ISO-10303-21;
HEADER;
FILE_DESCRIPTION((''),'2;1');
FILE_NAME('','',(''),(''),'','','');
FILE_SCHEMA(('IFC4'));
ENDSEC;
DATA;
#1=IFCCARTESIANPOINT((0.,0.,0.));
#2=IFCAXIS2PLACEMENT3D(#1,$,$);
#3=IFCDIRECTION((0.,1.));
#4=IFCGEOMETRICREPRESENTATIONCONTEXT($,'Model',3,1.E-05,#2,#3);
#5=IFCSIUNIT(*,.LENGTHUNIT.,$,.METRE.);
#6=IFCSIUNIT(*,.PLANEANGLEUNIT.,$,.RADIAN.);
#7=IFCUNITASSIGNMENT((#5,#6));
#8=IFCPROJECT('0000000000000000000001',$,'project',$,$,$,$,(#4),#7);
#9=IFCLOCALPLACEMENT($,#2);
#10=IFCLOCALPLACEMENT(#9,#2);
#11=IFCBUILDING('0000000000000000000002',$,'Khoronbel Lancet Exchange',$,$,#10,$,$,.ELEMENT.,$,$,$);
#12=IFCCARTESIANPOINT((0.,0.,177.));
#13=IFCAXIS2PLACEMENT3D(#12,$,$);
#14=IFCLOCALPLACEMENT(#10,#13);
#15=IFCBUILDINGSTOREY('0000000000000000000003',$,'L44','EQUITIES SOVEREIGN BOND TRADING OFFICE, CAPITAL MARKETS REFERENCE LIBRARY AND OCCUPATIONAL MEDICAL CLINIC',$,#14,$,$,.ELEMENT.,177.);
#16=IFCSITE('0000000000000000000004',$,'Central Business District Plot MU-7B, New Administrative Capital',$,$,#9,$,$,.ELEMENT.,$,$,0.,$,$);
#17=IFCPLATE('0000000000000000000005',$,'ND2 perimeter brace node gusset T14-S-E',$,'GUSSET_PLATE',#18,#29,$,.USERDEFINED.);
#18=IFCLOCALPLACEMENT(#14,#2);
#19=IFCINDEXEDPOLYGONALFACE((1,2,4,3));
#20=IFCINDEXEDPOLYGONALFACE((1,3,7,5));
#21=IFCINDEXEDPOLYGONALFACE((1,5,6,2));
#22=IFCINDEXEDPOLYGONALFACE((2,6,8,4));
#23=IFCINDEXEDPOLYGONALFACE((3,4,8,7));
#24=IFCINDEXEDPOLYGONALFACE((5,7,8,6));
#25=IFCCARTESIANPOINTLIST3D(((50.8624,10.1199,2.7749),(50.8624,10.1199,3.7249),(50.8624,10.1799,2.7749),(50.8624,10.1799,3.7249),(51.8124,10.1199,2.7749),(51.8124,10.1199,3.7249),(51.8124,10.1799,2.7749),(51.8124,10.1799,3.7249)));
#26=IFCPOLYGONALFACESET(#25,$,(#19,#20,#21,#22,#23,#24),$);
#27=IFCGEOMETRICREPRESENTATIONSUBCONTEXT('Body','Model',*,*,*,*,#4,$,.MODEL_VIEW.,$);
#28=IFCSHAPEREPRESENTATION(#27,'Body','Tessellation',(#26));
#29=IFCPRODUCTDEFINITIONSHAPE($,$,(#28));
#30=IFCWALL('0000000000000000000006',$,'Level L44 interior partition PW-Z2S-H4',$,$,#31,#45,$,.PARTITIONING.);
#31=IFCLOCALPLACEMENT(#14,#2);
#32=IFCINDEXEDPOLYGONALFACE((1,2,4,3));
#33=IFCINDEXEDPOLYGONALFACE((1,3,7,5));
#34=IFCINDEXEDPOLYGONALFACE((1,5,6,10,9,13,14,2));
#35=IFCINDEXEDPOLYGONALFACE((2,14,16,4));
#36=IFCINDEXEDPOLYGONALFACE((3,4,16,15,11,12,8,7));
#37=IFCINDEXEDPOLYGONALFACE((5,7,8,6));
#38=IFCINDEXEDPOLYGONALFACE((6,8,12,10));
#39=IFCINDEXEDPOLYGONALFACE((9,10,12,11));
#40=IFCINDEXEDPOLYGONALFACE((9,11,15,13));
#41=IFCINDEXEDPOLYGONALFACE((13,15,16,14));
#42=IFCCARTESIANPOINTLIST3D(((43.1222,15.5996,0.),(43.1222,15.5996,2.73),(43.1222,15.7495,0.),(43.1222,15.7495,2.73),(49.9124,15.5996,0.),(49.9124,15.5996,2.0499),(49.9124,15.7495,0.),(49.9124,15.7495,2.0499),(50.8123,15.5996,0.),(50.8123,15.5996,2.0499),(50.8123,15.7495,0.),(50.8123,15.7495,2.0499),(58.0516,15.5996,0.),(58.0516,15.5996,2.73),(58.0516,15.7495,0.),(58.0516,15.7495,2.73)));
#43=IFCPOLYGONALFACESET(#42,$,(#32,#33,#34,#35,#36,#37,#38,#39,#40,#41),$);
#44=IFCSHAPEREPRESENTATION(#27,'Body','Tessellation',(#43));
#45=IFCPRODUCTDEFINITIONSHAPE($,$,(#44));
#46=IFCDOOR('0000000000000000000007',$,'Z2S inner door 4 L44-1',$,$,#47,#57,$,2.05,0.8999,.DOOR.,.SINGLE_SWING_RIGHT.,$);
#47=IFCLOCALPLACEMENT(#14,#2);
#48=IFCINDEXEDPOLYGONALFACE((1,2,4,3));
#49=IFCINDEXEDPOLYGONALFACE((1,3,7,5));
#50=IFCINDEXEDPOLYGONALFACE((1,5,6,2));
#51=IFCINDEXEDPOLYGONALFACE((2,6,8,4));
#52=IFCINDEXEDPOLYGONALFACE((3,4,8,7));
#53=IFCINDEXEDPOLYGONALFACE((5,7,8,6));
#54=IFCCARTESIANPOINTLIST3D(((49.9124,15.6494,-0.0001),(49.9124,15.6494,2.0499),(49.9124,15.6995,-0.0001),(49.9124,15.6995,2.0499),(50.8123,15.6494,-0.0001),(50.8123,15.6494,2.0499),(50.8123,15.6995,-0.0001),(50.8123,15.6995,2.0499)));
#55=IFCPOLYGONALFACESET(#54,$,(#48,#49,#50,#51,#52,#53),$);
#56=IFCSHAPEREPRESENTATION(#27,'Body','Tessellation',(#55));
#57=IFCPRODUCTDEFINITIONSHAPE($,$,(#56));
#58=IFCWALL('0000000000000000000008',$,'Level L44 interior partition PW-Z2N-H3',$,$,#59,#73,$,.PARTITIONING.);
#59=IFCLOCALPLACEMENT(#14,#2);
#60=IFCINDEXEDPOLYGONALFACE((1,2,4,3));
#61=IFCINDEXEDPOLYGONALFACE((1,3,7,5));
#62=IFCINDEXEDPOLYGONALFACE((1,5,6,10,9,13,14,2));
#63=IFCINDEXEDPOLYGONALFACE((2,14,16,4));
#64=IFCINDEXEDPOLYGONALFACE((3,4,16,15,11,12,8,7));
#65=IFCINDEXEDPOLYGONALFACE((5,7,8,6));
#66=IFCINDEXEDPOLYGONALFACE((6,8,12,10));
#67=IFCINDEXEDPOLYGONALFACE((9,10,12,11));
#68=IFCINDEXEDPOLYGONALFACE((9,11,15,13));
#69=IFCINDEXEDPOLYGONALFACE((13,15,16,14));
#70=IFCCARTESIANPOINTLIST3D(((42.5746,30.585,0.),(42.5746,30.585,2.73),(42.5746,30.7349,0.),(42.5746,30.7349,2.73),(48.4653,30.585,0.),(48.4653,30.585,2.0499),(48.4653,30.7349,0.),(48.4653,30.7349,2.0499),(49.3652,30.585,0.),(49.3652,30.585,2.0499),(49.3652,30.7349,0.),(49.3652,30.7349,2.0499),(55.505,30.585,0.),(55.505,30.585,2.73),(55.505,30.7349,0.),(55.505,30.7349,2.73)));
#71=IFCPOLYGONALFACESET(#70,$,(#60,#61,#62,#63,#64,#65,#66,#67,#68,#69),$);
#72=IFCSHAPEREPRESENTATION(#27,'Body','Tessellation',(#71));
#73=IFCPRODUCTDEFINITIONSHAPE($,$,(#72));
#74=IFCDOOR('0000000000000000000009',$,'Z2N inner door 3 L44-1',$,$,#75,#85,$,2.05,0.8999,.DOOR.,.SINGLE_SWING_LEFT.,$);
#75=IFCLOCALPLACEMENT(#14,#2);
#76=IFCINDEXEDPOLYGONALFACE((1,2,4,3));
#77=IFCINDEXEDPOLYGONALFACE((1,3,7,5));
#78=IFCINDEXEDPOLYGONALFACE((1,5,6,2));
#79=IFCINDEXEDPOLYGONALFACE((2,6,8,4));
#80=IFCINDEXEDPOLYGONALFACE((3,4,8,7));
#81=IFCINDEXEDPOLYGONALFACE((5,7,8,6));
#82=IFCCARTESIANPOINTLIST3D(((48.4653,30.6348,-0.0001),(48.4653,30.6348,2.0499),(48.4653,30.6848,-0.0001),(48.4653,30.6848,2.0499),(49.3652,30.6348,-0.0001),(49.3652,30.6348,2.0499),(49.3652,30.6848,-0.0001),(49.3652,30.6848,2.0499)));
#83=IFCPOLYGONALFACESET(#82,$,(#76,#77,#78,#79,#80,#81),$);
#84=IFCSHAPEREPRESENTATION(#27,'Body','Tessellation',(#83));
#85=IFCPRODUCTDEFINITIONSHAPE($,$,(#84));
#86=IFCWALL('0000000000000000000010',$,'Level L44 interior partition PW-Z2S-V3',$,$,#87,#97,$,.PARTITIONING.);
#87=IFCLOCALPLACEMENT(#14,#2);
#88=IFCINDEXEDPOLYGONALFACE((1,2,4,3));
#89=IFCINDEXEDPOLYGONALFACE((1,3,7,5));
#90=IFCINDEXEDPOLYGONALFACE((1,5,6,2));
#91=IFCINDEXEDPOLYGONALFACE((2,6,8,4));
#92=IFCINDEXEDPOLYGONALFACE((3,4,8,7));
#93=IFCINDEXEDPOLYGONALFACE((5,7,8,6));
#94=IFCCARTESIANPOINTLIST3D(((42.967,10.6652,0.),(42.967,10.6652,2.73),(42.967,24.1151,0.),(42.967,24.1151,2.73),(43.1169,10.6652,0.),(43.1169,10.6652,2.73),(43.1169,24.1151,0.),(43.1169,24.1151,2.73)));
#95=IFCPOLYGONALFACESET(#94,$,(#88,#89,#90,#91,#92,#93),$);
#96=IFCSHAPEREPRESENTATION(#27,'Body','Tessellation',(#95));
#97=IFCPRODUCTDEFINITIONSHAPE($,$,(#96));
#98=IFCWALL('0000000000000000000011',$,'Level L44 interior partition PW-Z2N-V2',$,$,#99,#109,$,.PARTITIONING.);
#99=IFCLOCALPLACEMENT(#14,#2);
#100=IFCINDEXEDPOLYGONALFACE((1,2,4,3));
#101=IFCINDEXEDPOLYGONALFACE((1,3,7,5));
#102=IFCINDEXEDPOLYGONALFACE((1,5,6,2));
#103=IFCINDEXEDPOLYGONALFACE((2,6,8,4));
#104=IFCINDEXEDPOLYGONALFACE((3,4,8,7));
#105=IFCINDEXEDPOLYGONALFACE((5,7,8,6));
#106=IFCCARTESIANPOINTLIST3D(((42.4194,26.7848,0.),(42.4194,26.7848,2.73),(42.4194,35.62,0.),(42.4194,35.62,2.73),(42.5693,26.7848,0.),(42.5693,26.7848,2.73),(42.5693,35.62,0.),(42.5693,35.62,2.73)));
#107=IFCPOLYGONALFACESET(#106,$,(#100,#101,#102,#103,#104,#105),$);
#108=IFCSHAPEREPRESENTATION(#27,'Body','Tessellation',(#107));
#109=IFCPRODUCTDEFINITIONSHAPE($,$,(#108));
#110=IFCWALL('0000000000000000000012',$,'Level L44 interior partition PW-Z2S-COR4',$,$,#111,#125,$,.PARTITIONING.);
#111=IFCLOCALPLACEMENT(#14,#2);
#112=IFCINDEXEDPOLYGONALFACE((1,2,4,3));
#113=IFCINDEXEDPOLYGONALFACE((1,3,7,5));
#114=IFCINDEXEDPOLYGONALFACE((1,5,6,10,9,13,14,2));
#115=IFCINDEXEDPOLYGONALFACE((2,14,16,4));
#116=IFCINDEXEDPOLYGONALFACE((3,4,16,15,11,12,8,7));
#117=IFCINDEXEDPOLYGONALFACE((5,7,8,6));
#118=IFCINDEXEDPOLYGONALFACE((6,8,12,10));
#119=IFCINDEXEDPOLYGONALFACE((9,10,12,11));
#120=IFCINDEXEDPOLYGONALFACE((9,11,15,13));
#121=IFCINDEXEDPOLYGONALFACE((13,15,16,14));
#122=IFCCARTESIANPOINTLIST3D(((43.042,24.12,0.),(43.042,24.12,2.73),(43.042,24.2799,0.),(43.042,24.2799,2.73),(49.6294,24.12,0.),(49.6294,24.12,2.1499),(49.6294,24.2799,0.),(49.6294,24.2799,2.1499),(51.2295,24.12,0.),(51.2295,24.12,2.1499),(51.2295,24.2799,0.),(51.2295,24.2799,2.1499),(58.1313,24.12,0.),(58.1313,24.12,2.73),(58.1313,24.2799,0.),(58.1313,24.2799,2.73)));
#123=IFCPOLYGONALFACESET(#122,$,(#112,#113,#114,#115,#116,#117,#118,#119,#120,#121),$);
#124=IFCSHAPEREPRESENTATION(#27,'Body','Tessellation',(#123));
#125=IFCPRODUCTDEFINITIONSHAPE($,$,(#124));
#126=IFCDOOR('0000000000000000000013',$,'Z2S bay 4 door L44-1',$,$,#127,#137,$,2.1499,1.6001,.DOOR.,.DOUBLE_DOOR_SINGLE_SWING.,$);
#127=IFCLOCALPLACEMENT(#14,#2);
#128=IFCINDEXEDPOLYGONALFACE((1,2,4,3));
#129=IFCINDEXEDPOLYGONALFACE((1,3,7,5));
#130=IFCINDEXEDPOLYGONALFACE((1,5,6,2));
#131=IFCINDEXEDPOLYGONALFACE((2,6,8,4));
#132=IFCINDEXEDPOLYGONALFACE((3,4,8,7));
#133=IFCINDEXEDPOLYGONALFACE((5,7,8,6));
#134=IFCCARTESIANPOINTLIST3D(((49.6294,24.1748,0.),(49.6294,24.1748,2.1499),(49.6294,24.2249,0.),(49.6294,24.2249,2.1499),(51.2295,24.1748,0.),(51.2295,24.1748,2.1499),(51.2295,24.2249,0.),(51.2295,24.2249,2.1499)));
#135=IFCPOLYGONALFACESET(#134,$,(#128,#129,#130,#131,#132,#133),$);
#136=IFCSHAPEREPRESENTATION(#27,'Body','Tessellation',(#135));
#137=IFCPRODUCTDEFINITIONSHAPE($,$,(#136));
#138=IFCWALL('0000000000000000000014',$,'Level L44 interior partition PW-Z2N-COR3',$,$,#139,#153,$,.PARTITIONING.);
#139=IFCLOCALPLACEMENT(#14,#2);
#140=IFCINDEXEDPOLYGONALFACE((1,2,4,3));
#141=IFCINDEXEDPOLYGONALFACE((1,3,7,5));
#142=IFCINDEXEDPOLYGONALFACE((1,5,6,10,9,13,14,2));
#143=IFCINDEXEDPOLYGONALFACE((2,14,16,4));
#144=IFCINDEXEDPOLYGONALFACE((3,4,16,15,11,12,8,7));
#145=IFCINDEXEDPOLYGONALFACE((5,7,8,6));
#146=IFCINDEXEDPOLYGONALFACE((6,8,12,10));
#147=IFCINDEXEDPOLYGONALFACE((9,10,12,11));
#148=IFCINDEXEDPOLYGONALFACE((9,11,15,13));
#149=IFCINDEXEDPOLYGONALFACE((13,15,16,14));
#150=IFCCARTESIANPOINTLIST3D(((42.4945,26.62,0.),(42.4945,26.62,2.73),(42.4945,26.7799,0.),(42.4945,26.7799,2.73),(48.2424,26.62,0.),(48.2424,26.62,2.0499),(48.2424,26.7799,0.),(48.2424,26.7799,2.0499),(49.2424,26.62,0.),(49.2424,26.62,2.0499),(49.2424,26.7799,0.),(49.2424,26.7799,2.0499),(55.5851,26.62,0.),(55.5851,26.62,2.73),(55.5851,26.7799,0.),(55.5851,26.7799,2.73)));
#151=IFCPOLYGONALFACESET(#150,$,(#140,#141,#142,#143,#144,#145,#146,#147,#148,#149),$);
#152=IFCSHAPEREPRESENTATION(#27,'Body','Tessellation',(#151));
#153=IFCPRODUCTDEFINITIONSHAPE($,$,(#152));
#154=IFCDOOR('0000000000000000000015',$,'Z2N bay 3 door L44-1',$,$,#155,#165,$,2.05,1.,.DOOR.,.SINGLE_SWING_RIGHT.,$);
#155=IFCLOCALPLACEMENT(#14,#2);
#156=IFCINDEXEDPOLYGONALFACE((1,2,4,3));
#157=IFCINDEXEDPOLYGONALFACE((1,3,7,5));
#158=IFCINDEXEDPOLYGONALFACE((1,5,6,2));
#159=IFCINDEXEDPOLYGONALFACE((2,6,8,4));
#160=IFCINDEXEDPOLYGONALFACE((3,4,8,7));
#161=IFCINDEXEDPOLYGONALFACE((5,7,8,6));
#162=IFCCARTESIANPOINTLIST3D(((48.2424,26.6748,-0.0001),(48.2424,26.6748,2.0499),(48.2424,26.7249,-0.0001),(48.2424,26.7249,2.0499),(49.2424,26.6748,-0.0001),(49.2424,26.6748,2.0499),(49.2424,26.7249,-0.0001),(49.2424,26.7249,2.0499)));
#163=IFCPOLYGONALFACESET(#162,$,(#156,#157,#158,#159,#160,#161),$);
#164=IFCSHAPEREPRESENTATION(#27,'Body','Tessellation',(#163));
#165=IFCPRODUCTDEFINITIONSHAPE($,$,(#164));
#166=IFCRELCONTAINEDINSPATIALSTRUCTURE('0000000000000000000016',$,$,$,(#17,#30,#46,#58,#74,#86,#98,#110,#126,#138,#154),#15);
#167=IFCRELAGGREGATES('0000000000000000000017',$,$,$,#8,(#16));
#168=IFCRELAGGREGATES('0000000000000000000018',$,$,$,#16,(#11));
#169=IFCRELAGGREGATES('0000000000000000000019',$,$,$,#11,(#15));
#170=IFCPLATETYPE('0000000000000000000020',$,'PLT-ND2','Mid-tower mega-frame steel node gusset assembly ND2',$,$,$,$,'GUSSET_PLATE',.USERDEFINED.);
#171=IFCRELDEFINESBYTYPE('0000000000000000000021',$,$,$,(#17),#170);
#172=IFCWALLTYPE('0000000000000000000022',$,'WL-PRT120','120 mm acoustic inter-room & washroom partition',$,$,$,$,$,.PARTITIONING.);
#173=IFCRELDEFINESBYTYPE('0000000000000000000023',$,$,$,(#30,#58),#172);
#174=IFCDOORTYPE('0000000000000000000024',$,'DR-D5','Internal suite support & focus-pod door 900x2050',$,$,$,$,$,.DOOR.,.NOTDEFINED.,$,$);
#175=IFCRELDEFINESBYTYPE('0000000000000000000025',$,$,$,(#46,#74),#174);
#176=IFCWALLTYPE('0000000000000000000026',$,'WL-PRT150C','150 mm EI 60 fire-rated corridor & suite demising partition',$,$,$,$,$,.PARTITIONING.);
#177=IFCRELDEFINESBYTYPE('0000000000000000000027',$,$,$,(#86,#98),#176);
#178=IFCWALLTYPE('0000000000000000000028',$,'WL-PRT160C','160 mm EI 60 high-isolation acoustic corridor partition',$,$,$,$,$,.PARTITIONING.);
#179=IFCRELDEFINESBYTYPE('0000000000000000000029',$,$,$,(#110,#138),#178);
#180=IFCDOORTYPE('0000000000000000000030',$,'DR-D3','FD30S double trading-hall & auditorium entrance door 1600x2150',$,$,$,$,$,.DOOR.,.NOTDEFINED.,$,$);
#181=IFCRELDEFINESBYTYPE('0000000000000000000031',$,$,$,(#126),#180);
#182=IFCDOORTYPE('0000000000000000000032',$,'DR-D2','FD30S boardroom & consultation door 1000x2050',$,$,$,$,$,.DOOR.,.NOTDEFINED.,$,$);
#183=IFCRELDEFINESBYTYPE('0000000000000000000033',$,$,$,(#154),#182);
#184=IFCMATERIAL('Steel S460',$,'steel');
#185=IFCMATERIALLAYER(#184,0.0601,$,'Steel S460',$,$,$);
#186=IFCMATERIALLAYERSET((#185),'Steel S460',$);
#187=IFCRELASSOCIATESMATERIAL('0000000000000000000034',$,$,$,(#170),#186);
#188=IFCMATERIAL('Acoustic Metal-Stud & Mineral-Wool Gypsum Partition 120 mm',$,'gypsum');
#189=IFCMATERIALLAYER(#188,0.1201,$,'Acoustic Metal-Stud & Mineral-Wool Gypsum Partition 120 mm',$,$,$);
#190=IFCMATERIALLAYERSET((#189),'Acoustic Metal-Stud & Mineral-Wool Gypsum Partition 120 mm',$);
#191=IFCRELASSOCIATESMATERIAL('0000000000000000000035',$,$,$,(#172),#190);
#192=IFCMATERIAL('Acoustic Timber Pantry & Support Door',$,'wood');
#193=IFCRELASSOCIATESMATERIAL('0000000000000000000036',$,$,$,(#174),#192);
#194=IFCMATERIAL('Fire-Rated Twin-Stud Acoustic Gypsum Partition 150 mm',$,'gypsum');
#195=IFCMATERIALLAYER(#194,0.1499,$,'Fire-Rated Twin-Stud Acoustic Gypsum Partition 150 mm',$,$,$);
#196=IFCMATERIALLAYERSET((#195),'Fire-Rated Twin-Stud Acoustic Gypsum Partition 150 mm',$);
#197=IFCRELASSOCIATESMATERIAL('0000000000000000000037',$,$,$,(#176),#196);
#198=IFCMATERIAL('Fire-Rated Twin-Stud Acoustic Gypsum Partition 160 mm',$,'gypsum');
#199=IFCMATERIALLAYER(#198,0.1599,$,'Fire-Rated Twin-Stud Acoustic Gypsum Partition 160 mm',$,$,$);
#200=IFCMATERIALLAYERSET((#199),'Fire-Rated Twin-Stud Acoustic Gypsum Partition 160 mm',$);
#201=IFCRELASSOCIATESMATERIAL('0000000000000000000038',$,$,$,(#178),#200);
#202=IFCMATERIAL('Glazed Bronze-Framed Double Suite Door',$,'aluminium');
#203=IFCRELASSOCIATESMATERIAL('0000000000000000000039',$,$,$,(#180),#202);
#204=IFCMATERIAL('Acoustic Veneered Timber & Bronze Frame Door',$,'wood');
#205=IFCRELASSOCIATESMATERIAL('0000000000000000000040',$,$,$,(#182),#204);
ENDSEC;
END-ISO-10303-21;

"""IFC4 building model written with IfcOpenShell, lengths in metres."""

from ifc_helpers import new_model, si_unit, direction, frame, frame_2d, origin, origin_2d, place, context, subcontext, project, spatial, rectangle, extrude, material, layer, layer_set, type_object, element, fill, save


model = new_model("IFC4")

# Units and contexts
model_context = context("Model", 3, precision=1e-05, world=origin(), true_north=direction((0.0, 1.0)))
body_context = subcontext(model_context, "Body", "Model", "MODEL_VIEW")
ifc_project = project(units=[si_unit("LENGTHUNIT", "METRE"), si_unit("PLANEANGLEUNIT", "RADIAN")], contexts=[model_context])

# Site, building, storey
site_placement = place(None, origin())
site = spatial("IfcSite", under=ifc_project, at=site_placement, Name="Central Business District Plot MU-7B, New Administrative Capital", CompositionType="ELEMENT", RefElevation=0.0)
building_placement = place(site_placement, origin())
building = spatial("IfcBuilding", under=site, at=building_placement, Name="Khoronbel Lancet Exchange", CompositionType="ELEMENT")
storey_placement = place(building_placement, frame((0.0, 0.0, 177.0)))
storey = spatial("IfcBuildingStorey", under=building, at=storey_placement, Name="L44", Description="EQUITIES SOVEREIGN BOND TRADING OFFICE, CAPITAL MARKETS REFERENCE LIBRARY AND OCCUPATIONAL MEDICAL CLINIC", CompositionType="ELEMENT", Elevation=177.0)

# Shared definitions
ifc_material_1 = material(Name="Steel S460", Category="steel")

# Plate
ifc_layer_1 = layer(ifc_material_1, 0.0601, Name="Steel S460")
ifc_layer_set_1 = layer_set([ifc_layer_1], Name="Steel S460")
plate_type = type_object("IfcPlateType", Name="PLT-ND2", Description="Mid-tower mega-frame steel node gusset assembly ND2", ElementType="GUSSET_PLATE", PredefinedType="USERDEFINED", material=ifc_layer_set_1)
plate_placement = place(storey_placement, frame((51.3374, 10.1499, 2.7749), z_axis=(0.0, 0.0, 1.0), x_axis=(1.0, 0.0, 0.0)))
element("IfcPlate", 1, at=plate_placement, inside=storey, type_object=plate_type, Name="ND2 perimeter brace node gusset T14-S-E", ObjectType="GUSSET_PLATE", PredefinedType="USERDEFINED", context=body_context, shape_type="SweptSolid", body=[
    extrude(rectangle(XDim=0.95, YDim=0.0601, at=origin_2d()), origin(), (0.0, 0.0, 1.0), 0.95),
])

# Walls, openings, doors
ifc_material_2 = material(Name="Acoustic Metal-Stud & Mineral-Wool Gypsum Partition 120 mm", Category="gypsum")
ifc_layer_2 = layer(ifc_material_2, 0.1201, Name="Acoustic Metal-Stud & Mineral-Wool Gypsum Partition 120 mm")
ifc_layer_set_2 = layer_set([ifc_layer_2], Name="Acoustic Metal-Stud & Mineral-Wool Gypsum Partition 120 mm")
wall_type_1 = type_object("IfcWallType", Name="WL-PRT120", Description="120 mm acoustic inter-room & washroom partition", PredefinedType="PARTITIONING", material=ifc_layer_set_2)
wall_1_placement = place(storey_placement, frame((43.1221, 15.6746, 0.0), z_axis=(0.0, 0.0, 1.0), x_axis=(1.0, 0.0, 0.0)))
wall_1 = element("IfcWall", 2, at=wall_1_placement, inside=storey, type_object=wall_type_1, Name="Level L44 interior partition PW-Z2S-H4", PredefinedType="PARTITIONING", context=body_context, shape_type="SweptSolid", body=[
    extrude(rectangle(XDim=14.9294, YDim=0.1499, at=frame_2d((7.4648, 0.0))), origin(), (0.0, 0.0, 1.0), 2.73),
])
opening_1_placement = place(wall_1_placement, frame((6.7903, 0.0, 0.0)))
opening_1 = element("IfcOpeningElement", 3, at=opening_1_placement, cuts=wall_1, PredefinedType="OPENING", context=body_context, shape_type="SweptSolid", body=[
    extrude(rectangle(XDim=0.8999, YDim=2.05, at=frame_2d((0.45, 1.0249))), frame((0.0, 0.085, 0.0), z_axis=(0.0, -1.0, 0.0), x_axis=(1.0, 0.0, 0.0)), (0.0, 0.0, 1.0), 0.1699),
])
ifc_material_3 = material(Name="Acoustic Timber Pantry & Support Door", Category="wood")
door_type_1 = type_object("IfcDoorType", Name="DR-D5", Description="Internal suite support & focus-pod door 900x2050", OperationType="NOTDEFINED", PredefinedType="DOOR", material=ifc_material_3)
door_1_placement = place(opening_1_placement, origin())
door_1 = element("IfcDoor", 4, at=door_1_placement, inside=storey, type_object=door_type_1, Name="Z2S inner door 4 L44-1", OperationType="SINGLE_SWING_RIGHT", OverallHeight=2.05, OverallWidth=0.8999, PredefinedType="DOOR", context=body_context, shape_type="SweptSolid", body=[
    extrude(rectangle(XDim=0.8999, YDim=2.05, at=frame_2d((0.45, 1.0249))), frame((0.0, 0.0249, 0.0), z_axis=(0.0, -1.0, 0.0), x_axis=(1.0, 0.0, 0.0)), (0.0, 0.0, 1.0), 0.05),
])
fill(opening_1, door_1)
wall_2_placement = place(storey_placement, frame((42.5745, 30.6599, 0.0), z_axis=(0.0, 0.0, 1.0), x_axis=(1.0, 0.0, 0.0)))
wall_2 = element("IfcWall", 5, at=wall_2_placement, inside=storey, type_object=wall_type_1, Name="Level L44 interior partition PW-Z2N-H3", PredefinedType="PARTITIONING", context=body_context, shape_type="SweptSolid", body=[
    extrude(rectangle(XDim=12.9304, YDim=0.1499, at=frame_2d((6.4653, 0.0))), origin(), (0.0, 0.0, 1.0), 2.73),
])
opening_2_placement = place(wall_2_placement, frame((5.8909, 0.0, 0.0)))
opening_2 = element("IfcOpeningElement", 6, at=opening_2_placement, cuts=wall_2, PredefinedType="OPENING", context=body_context, shape_type="SweptSolid", body=[
    extrude(rectangle(XDim=0.8999, YDim=2.05, at=frame_2d((0.45, 1.0249))), frame((0.0, 0.085, 0.0), z_axis=(0.0, -1.0, 0.0), x_axis=(1.0, 0.0, 0.0)), (0.0, 0.0, 1.0), 0.1699),
])
door_2_placement = place(opening_2_placement, origin())
door_2 = element("IfcDoor", 7, at=door_2_placement, inside=storey, type_object=door_type_1, Name="Z2N inner door 3 L44-1", OperationType="SINGLE_SWING_LEFT", OverallHeight=2.05, OverallWidth=0.8999, PredefinedType="DOOR", context=body_context, shape_type="SweptSolid", body=[
    extrude(rectangle(XDim=0.8999, YDim=2.05, at=frame_2d((0.45, 1.0249))), frame((0.0, 0.0249, 0.0), z_axis=(0.0, -1.0, 0.0), x_axis=(1.0, 0.0, 0.0)), (0.0, 0.0, 1.0), 0.05),
])
fill(opening_2, door_2)

# Walls
ifc_material_4 = material(Name="Fire-Rated Twin-Stud Acoustic Gypsum Partition 150 mm", Category="gypsum")
ifc_layer_3 = layer(ifc_material_4, 0.1499, Name="Fire-Rated Twin-Stud Acoustic Gypsum Partition 150 mm")
ifc_layer_set_3 = layer_set([ifc_layer_3], Name="Fire-Rated Twin-Stud Acoustic Gypsum Partition 150 mm")
wall_type_2 = type_object("IfcWallType", Name="WL-PRT150C", Description="150 mm EI 60 fire-rated corridor & suite demising partition", PredefinedType="PARTITIONING", material=ifc_layer_set_3)
wall_3_placement = place(storey_placement, frame((43.042, 10.665, 0.0), z_axis=(0.0, 0.0, 1.0), x_axis=(0.0, 1.0, 0.0)))
element("IfcWall", 8, at=wall_3_placement, inside=storey, type_object=wall_type_2, Name="Level L44 interior partition PW-Z2S-V3", PredefinedType="PARTITIONING", context=body_context, shape_type="SweptSolid", body=[
    extrude(rectangle(XDim=13.45, YDim=0.1499, at=frame_2d((6.7251, 0.0))), origin(), (0.0, 0.0, 1.0), 2.73),
])
wall_4_placement = place(storey_placement, frame((42.4944, 26.7849, 0.0), z_axis=(0.0, 0.0, 1.0), x_axis=(0.0, 1.0, 0.0)))
element("IfcWall", 9, at=wall_4_placement, inside=storey, type_object=wall_type_2, Name="Level L44 interior partition PW-Z2N-V2", PredefinedType="PARTITIONING", context=body_context, shape_type="SweptSolid", body=[
    extrude(rectangle(XDim=8.8352, YDim=0.1499, at=frame_2d((4.4175, 0.0))), origin(), (0.0, 0.0, 1.0), 2.73),
])

# Walls, openings, doors
ifc_material_5 = material(Name="Fire-Rated Twin-Stud Acoustic Gypsum Partition 160 mm", Category="gypsum")
ifc_layer_4 = layer(ifc_material_5, 0.1599, Name="Fire-Rated Twin-Stud Acoustic Gypsum Partition 160 mm")
ifc_layer_set_4 = layer_set([ifc_layer_4], Name="Fire-Rated Twin-Stud Acoustic Gypsum Partition 160 mm")
wall_type_3 = type_object("IfcWallType", Name="WL-PRT160C", Description="160 mm EI 60 high-isolation acoustic corridor partition", PredefinedType="PARTITIONING", material=ifc_layer_set_4)
wall_5_placement = place(storey_placement, frame((43.042, 24.2, 0.0), z_axis=(0.0, 0.0, 1.0), x_axis=(1.0, 0.0, 0.0)))
wall_5 = element("IfcWall", 10, at=wall_5_placement, inside=storey, type_object=wall_type_3, Name="Level L44 interior partition PW-Z2S-COR4", PredefinedType="PARTITIONING", context=body_context, shape_type="SweptSolid", body=[
    extrude(rectangle(XDim=15.0894, YDim=0.1599, at=frame_2d((7.5447, 0.0))), origin(), (0.0, 0.0, 1.0), 2.73),
])
opening_3_placement = place(wall_5_placement, frame((6.5874, 0.0, 0.0)))
opening_3 = element("IfcOpeningElement", 11, at=opening_3_placement, cuts=wall_5, PredefinedType="OPENING", context=body_context, shape_type="SweptSolid", body=[
    extrude(rectangle(XDim=1.6001, YDim=2.1499, at=frame_2d((0.8, 1.075))), frame((0.0, 0.0898, 0.0), z_axis=(0.0, -1.0, 0.0), x_axis=(1.0, 0.0, 0.0)), (0.0, 0.0, 1.0), 0.1799),
])
ifc_material_6 = material(Name="Glazed Bronze-Framed Double Suite Door", Category="aluminium")
door_type_2 = type_object("IfcDoorType", Name="DR-D3", Description="FD30S double trading-hall & auditorium entrance door 1600x2150", OperationType="NOTDEFINED", PredefinedType="DOOR", material=ifc_material_6)
door_3_placement = place(opening_3_placement, origin())
door_3 = element("IfcDoor", 12, at=door_3_placement, inside=storey, type_object=door_type_2, Name="Z2S bay 4 door L44-1", OperationType="DOUBLE_DOOR_SINGLE_SWING", OverallHeight=2.1499, OverallWidth=1.6001, PredefinedType="DOOR", context=body_context, shape_type="SweptSolid", body=[
    extrude(rectangle(XDim=1.6001, YDim=2.1499, at=frame_2d((0.8, 1.075))), frame((0.0, 0.0249, 0.0), z_axis=(0.0, -1.0, 0.0), x_axis=(1.0, 0.0, 0.0)), (0.0, 0.0, 1.0), 0.05),
])
fill(opening_3, door_3)
wall_6_placement = place(storey_placement, frame((42.4944, 26.7, 0.0), z_axis=(0.0, 0.0, 1.0), x_axis=(1.0, 0.0, 0.0)))
wall_6 = element("IfcWall", 13, at=wall_6_placement, inside=storey, type_object=wall_type_3, Name="Level L44 interior partition PW-Z2N-COR3", PredefinedType="PARTITIONING", context=body_context, shape_type="SweptSolid", body=[
    extrude(rectangle(XDim=13.0906, YDim=0.1599, at=frame_2d((6.5454, 0.0))), origin(), (0.0, 0.0, 1.0), 2.73),
])
opening_4_placement = place(wall_6_placement, frame((5.748, 0.0, 0.0)))
opening_4 = element("IfcOpeningElement", 14, at=opening_4_placement, cuts=wall_6, PredefinedType="OPENING", context=body_context, shape_type="SweptSolid", body=[
    extrude(rectangle(XDim=1.0, YDim=2.05, at=frame_2d((0.5, 1.0249))), frame((0.0, 0.0898, 0.0), z_axis=(0.0, -1.0, 0.0), x_axis=(1.0, 0.0, 0.0)), (0.0, 0.0, 1.0), 0.1799),
])
ifc_material_7 = material(Name="Acoustic Veneered Timber & Bronze Frame Door", Category="wood")
door_type_3 = type_object("IfcDoorType", Name="DR-D2", Description="FD30S boardroom & consultation door 1000x2050", OperationType="NOTDEFINED", PredefinedType="DOOR", material=ifc_material_7)
door_4_placement = place(opening_4_placement, origin())
door_4 = element("IfcDoor", 15, at=door_4_placement, inside=storey, type_object=door_type_3, Name="Z2N bay 3 door L44-1", OperationType="SINGLE_SWING_RIGHT", OverallHeight=2.05, OverallWidth=1.0, PredefinedType="DOOR", context=body_context, shape_type="SweptSolid", body=[
    extrude(rectangle(XDim=1.0, YDim=2.05, at=frame_2d((0.5, 1.0249))), frame((0.0, 0.0249, 0.0), z_axis=(0.0, -1.0, 0.0), x_axis=(1.0, 0.0, 0.0)), (0.0, 0.0, 1.0), 0.05),
])
fill(opening_4, door_4)

save(model, "model.ifc")
